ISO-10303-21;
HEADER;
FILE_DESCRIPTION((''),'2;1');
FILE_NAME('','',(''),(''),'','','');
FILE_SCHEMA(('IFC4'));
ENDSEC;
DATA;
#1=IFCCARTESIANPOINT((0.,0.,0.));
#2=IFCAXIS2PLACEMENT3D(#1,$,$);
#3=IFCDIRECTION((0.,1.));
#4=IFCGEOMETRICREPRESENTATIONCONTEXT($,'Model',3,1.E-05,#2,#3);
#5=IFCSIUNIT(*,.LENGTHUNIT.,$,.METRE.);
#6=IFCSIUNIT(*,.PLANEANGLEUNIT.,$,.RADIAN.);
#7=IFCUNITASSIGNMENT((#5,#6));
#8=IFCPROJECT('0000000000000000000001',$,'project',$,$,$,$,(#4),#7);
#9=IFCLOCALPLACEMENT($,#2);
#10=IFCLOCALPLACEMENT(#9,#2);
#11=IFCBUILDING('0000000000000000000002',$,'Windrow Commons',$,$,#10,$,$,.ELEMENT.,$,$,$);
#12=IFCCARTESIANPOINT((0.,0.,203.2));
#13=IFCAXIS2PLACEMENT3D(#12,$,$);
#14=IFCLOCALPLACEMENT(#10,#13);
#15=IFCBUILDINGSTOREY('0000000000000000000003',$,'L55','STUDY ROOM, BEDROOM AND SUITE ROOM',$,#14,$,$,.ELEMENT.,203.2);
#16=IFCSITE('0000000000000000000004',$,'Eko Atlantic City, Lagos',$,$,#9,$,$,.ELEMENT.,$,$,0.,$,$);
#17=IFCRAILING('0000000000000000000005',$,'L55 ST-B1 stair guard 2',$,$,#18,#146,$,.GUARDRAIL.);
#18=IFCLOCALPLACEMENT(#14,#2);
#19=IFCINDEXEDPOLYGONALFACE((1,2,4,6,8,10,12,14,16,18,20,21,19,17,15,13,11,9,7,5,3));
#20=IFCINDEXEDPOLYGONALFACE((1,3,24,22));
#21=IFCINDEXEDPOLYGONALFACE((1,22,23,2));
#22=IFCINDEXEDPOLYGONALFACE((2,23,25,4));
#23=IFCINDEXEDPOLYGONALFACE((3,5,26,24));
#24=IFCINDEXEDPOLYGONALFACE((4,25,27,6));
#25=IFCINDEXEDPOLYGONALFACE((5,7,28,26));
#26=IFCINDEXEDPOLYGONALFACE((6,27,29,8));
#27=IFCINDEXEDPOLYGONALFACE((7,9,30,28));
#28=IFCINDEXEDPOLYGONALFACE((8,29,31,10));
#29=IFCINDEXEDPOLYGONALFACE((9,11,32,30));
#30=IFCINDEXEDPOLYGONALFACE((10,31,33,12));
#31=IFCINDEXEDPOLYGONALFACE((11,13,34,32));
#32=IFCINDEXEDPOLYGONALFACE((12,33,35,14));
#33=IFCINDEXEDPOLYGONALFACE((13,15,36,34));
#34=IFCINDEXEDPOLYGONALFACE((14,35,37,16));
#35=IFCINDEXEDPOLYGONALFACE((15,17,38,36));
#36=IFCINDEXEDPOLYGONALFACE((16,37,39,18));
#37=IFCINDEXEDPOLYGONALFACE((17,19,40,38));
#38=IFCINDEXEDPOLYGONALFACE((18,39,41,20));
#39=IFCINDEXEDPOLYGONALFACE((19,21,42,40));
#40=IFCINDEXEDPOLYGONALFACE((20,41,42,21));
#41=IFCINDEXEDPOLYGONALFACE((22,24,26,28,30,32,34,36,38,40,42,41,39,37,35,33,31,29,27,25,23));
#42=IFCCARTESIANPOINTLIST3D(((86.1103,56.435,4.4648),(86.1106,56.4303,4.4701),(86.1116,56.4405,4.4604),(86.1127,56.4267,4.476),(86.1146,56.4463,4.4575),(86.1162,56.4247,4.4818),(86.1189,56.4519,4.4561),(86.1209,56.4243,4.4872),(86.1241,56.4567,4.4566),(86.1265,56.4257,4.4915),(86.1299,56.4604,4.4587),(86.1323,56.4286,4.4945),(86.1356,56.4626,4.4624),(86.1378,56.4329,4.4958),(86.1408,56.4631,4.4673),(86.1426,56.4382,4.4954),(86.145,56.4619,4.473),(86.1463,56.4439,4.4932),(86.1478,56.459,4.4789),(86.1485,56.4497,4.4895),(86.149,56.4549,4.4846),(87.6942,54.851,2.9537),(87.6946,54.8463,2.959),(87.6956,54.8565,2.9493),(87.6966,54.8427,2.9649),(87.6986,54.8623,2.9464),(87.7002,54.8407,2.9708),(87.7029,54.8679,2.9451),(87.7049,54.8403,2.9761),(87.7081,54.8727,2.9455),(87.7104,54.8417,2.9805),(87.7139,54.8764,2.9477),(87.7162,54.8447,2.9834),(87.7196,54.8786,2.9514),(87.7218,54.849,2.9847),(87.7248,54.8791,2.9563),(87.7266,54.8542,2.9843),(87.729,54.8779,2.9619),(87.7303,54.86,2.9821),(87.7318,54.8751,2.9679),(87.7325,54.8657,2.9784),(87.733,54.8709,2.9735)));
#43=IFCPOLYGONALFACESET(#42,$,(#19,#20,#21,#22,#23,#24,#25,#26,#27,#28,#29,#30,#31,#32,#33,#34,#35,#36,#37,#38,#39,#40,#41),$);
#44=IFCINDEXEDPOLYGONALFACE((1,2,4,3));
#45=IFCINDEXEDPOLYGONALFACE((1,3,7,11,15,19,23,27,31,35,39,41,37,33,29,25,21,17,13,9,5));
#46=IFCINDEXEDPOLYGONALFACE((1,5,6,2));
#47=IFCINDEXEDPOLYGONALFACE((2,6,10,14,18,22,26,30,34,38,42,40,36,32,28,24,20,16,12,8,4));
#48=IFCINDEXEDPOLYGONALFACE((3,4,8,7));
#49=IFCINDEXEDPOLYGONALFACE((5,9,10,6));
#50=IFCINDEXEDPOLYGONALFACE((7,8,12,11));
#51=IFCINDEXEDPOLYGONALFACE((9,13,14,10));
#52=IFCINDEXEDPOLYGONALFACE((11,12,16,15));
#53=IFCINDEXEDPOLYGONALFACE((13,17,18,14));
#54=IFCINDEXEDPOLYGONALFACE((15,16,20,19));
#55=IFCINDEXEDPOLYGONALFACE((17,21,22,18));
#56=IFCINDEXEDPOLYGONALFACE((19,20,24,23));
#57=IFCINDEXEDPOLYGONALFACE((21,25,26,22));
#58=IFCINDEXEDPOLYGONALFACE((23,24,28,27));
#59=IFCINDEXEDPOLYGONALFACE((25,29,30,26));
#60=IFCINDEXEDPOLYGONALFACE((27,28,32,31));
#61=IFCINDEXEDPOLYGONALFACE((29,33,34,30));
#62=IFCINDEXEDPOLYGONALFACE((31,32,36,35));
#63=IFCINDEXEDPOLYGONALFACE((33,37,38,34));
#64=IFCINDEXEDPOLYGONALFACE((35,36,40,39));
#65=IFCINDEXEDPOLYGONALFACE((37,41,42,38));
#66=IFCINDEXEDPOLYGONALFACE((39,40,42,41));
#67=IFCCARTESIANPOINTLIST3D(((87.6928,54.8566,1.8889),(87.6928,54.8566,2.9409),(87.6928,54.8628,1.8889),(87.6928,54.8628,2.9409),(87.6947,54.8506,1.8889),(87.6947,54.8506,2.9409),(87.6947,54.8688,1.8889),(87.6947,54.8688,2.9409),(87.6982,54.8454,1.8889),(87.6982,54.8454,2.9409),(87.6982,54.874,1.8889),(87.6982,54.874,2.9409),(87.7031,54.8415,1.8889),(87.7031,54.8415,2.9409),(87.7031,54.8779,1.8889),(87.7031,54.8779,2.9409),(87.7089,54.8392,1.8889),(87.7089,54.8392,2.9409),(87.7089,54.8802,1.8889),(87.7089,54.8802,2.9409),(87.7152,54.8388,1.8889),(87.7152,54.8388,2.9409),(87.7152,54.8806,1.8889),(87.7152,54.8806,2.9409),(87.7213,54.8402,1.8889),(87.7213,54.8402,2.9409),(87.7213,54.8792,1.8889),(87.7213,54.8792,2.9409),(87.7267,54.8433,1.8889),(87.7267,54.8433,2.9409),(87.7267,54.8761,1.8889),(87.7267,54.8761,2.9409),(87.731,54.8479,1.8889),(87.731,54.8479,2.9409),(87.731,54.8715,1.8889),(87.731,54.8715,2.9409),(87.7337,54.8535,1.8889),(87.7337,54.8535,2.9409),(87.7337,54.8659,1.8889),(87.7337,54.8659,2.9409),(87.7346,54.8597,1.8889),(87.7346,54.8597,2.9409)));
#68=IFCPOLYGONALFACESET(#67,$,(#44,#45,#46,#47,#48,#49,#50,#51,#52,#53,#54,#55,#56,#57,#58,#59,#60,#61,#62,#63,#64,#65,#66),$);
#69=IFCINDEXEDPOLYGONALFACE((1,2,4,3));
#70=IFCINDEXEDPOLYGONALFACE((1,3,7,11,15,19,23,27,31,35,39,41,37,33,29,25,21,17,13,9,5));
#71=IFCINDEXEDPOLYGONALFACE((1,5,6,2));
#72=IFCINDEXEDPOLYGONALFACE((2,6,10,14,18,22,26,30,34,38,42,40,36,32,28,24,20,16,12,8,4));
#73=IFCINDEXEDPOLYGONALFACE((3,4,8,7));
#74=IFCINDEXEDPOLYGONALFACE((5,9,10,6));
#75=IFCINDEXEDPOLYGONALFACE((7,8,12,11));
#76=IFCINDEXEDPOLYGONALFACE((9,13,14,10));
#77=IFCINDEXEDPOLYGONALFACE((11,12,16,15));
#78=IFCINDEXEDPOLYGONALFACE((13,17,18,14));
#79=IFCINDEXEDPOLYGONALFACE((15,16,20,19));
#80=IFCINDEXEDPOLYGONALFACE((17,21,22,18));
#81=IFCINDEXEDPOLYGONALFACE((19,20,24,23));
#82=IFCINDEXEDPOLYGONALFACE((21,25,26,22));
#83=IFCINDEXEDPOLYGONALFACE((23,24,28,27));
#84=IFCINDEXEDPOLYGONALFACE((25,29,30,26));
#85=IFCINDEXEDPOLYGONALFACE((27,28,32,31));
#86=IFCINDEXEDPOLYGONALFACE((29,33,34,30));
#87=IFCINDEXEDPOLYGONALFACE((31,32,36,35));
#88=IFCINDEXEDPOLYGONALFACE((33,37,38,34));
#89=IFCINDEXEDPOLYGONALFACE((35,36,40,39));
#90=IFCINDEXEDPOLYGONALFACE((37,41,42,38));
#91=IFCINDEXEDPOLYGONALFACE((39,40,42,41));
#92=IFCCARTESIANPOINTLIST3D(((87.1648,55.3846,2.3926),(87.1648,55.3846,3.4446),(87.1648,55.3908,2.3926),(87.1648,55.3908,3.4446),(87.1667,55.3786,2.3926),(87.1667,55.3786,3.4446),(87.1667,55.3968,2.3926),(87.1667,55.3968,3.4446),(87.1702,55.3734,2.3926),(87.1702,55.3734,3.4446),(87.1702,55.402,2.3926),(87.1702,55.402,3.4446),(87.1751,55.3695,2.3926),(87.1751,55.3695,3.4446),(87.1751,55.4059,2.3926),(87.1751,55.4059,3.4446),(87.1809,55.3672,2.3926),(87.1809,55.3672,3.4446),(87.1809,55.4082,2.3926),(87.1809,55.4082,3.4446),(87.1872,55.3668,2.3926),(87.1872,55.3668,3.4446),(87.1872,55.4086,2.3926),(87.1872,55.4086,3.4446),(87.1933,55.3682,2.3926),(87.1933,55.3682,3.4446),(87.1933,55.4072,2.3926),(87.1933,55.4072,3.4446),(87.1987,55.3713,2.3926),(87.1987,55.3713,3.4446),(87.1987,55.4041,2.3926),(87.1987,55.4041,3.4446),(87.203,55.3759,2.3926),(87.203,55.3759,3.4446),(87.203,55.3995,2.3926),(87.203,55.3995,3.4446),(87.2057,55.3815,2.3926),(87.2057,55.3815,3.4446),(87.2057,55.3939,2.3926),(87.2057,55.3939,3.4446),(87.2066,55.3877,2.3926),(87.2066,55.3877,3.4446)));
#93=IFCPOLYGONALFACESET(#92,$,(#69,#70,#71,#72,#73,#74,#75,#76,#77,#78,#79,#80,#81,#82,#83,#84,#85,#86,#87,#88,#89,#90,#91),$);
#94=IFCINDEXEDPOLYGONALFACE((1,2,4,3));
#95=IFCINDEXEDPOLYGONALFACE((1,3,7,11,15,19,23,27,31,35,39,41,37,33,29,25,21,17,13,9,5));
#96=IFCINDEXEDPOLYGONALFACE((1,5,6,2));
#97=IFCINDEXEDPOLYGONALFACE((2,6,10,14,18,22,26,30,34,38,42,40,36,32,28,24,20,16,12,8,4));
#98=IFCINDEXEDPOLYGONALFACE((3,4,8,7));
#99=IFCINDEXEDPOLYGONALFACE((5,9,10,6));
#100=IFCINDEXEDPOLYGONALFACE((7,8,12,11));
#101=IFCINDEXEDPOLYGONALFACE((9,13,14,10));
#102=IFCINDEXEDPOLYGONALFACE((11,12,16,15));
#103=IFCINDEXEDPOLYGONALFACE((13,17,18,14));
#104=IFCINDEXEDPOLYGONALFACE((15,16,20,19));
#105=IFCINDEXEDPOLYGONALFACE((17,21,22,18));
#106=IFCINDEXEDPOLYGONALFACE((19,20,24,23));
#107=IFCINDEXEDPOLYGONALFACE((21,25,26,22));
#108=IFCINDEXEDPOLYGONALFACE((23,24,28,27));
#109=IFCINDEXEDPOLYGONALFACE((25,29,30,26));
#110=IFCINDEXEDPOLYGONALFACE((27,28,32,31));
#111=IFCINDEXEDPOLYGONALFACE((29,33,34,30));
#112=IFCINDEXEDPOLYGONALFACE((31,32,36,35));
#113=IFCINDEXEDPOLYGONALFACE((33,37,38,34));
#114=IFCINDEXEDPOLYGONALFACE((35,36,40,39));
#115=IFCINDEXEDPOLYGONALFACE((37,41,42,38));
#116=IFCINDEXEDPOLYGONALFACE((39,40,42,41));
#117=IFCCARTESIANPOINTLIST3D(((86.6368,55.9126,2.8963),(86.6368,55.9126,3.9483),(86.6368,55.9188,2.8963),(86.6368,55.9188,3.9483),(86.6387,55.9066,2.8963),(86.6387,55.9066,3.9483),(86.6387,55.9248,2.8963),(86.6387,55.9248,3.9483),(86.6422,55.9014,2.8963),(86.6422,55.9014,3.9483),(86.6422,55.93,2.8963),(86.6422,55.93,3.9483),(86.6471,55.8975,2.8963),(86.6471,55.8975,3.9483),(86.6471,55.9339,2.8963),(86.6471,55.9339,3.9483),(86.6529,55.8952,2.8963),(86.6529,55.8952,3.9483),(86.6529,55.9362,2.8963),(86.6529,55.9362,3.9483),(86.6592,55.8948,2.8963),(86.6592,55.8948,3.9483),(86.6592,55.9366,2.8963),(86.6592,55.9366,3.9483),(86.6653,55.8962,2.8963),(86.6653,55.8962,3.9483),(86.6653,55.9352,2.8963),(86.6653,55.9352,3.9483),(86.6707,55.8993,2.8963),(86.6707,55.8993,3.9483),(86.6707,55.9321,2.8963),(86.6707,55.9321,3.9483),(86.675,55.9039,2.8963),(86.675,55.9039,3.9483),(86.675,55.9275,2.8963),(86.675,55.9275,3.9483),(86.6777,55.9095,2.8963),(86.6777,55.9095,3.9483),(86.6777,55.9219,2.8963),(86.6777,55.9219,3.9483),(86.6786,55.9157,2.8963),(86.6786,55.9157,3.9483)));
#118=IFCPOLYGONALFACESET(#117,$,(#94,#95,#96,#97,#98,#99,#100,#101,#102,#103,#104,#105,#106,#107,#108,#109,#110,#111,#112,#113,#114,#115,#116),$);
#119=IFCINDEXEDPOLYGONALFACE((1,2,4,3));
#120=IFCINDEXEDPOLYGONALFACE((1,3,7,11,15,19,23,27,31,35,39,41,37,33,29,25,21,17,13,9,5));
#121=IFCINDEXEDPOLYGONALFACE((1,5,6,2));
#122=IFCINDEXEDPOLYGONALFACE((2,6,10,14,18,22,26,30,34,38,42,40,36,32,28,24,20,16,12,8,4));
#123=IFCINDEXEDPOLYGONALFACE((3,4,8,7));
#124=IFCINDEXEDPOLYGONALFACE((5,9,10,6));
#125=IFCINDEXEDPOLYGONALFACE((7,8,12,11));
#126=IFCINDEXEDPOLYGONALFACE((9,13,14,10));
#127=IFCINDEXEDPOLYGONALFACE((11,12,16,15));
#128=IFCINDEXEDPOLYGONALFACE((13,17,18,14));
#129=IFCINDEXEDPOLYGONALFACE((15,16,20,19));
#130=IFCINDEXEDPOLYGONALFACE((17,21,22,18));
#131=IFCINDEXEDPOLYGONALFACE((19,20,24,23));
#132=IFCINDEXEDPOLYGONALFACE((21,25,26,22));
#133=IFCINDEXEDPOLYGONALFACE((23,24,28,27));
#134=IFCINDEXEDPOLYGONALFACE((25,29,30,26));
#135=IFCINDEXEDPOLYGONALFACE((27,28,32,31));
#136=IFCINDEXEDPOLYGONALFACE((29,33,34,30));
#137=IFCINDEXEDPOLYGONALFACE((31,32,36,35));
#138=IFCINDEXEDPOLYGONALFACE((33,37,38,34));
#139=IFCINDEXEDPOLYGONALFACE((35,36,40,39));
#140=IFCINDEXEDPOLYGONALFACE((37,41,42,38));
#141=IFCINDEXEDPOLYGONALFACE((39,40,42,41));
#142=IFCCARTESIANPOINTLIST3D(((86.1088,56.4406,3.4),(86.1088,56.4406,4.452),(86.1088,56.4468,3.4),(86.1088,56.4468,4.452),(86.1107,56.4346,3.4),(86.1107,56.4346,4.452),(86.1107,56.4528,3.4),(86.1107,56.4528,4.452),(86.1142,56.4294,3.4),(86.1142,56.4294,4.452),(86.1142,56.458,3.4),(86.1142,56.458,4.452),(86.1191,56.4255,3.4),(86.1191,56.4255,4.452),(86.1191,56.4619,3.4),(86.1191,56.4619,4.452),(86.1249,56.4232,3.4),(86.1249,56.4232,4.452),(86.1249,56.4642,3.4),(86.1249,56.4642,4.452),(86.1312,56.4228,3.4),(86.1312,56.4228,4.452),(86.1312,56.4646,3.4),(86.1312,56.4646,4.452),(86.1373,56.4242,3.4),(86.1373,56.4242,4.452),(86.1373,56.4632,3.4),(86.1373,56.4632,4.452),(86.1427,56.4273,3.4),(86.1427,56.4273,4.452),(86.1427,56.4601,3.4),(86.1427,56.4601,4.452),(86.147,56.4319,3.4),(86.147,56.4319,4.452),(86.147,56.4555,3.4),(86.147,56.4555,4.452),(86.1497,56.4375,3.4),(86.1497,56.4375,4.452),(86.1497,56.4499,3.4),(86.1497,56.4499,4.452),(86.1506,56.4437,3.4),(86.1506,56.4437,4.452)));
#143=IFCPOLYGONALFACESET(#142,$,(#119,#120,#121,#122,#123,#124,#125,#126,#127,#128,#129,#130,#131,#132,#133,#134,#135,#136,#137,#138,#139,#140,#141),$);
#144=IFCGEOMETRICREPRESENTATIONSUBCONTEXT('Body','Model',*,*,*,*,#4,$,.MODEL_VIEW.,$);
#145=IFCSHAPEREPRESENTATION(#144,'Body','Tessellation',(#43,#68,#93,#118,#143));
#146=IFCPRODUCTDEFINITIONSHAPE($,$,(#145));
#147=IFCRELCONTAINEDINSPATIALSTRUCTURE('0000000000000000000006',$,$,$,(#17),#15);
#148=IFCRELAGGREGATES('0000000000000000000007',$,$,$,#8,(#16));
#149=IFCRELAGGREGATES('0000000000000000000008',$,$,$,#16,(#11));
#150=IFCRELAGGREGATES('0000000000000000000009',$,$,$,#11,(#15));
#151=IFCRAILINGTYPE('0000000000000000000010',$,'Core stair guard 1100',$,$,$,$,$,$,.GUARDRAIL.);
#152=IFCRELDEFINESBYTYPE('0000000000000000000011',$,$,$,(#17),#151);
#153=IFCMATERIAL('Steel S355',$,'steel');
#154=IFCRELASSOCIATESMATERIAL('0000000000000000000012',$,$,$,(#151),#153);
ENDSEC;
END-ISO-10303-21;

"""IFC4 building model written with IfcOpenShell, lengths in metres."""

from ifc_helpers import new_model, si_unit, direction, frame, origin, origin_2d, place, context, subcontext, project, spatial, circle, extrude, material, type_object, element, save


model = new_model("IFC4")

# Units and contexts
model_context = context("Model", 3, precision=1e-05, world=origin(), true_north=direction((0.0, 1.0)))
body_context = subcontext(model_context, "Body", "Model", "MODEL_VIEW")
ifc_project = project(units=[si_unit("LENGTHUNIT", "METRE"), si_unit("PLANEANGLEUNIT", "RADIAN")], contexts=[model_context])

# Site, building, storey
site_placement = place(None, origin())
site = spatial("IfcSite", under=ifc_project, at=site_placement, Name="Eko Atlantic City, Lagos", CompositionType="ELEMENT", RefElevation=0.0)
building_placement = place(site_placement, origin())
building = spatial("IfcBuilding", under=site, at=building_placement, Name="Windrow Commons", CompositionType="ELEMENT")
storey_placement = place(building_placement, frame((0.0, 0.0, 203.2)))
storey = spatial("IfcBuildingStorey", under=building, at=storey_placement, Name="L55", Description="STUDY ROOM, BEDROOM AND SUITE ROOM", CompositionType="ELEMENT", Elevation=203.2)

# Railing
ifc_material_1 = material(Name="Steel S355", Category="steel")
railing_type_1 = type_object("IfcRailingType", Name="Core stair guard 1100", PredefinedType="GUARDRAIL", material=ifc_material_1)
railing_1_placement = place(storey_placement, frame((87.7136, 54.8597, 1.8889)))
element("IfcRailing", 1, at=railing_1_placement, inside=storey, type_object=railing_type_1, Name="L55 ST-B1 stair guard 2", PredefinedType="GUARDRAIL", context=body_context, shape_type="SweptSolid", body=[
    extrude(circle(Radius=0.024, at=origin_2d()), frame((0.0, 0.0, 1.076), z_axis=(-0.586203, 0.586203, 0.559224), x_axis=(-0.707107, -0.707107, 0.0)), (0.0, 0.0, 1.0), 2.7021),
    extrude(circle(Radius=0.021, at=origin_2d()), origin(), (0.0, 0.0, 1.0), 1.052),
    extrude(circle(Radius=0.021, at=origin_2d()), frame((-0.528, 0.528, 0.5037)), (0.0, 0.0, 1.0), 1.052),
    extrude(circle(Radius=0.021, at=origin_2d()), frame((-1.056, 1.056, 1.0074)), (0.0, 0.0, 1.0), 1.052),
    extrude(circle(Radius=0.021, at=origin_2d()), frame((-1.584, 1.584, 1.5111)), (0.0, 0.0, 1.0), 1.052),
])

save(model, "model.ifc")
